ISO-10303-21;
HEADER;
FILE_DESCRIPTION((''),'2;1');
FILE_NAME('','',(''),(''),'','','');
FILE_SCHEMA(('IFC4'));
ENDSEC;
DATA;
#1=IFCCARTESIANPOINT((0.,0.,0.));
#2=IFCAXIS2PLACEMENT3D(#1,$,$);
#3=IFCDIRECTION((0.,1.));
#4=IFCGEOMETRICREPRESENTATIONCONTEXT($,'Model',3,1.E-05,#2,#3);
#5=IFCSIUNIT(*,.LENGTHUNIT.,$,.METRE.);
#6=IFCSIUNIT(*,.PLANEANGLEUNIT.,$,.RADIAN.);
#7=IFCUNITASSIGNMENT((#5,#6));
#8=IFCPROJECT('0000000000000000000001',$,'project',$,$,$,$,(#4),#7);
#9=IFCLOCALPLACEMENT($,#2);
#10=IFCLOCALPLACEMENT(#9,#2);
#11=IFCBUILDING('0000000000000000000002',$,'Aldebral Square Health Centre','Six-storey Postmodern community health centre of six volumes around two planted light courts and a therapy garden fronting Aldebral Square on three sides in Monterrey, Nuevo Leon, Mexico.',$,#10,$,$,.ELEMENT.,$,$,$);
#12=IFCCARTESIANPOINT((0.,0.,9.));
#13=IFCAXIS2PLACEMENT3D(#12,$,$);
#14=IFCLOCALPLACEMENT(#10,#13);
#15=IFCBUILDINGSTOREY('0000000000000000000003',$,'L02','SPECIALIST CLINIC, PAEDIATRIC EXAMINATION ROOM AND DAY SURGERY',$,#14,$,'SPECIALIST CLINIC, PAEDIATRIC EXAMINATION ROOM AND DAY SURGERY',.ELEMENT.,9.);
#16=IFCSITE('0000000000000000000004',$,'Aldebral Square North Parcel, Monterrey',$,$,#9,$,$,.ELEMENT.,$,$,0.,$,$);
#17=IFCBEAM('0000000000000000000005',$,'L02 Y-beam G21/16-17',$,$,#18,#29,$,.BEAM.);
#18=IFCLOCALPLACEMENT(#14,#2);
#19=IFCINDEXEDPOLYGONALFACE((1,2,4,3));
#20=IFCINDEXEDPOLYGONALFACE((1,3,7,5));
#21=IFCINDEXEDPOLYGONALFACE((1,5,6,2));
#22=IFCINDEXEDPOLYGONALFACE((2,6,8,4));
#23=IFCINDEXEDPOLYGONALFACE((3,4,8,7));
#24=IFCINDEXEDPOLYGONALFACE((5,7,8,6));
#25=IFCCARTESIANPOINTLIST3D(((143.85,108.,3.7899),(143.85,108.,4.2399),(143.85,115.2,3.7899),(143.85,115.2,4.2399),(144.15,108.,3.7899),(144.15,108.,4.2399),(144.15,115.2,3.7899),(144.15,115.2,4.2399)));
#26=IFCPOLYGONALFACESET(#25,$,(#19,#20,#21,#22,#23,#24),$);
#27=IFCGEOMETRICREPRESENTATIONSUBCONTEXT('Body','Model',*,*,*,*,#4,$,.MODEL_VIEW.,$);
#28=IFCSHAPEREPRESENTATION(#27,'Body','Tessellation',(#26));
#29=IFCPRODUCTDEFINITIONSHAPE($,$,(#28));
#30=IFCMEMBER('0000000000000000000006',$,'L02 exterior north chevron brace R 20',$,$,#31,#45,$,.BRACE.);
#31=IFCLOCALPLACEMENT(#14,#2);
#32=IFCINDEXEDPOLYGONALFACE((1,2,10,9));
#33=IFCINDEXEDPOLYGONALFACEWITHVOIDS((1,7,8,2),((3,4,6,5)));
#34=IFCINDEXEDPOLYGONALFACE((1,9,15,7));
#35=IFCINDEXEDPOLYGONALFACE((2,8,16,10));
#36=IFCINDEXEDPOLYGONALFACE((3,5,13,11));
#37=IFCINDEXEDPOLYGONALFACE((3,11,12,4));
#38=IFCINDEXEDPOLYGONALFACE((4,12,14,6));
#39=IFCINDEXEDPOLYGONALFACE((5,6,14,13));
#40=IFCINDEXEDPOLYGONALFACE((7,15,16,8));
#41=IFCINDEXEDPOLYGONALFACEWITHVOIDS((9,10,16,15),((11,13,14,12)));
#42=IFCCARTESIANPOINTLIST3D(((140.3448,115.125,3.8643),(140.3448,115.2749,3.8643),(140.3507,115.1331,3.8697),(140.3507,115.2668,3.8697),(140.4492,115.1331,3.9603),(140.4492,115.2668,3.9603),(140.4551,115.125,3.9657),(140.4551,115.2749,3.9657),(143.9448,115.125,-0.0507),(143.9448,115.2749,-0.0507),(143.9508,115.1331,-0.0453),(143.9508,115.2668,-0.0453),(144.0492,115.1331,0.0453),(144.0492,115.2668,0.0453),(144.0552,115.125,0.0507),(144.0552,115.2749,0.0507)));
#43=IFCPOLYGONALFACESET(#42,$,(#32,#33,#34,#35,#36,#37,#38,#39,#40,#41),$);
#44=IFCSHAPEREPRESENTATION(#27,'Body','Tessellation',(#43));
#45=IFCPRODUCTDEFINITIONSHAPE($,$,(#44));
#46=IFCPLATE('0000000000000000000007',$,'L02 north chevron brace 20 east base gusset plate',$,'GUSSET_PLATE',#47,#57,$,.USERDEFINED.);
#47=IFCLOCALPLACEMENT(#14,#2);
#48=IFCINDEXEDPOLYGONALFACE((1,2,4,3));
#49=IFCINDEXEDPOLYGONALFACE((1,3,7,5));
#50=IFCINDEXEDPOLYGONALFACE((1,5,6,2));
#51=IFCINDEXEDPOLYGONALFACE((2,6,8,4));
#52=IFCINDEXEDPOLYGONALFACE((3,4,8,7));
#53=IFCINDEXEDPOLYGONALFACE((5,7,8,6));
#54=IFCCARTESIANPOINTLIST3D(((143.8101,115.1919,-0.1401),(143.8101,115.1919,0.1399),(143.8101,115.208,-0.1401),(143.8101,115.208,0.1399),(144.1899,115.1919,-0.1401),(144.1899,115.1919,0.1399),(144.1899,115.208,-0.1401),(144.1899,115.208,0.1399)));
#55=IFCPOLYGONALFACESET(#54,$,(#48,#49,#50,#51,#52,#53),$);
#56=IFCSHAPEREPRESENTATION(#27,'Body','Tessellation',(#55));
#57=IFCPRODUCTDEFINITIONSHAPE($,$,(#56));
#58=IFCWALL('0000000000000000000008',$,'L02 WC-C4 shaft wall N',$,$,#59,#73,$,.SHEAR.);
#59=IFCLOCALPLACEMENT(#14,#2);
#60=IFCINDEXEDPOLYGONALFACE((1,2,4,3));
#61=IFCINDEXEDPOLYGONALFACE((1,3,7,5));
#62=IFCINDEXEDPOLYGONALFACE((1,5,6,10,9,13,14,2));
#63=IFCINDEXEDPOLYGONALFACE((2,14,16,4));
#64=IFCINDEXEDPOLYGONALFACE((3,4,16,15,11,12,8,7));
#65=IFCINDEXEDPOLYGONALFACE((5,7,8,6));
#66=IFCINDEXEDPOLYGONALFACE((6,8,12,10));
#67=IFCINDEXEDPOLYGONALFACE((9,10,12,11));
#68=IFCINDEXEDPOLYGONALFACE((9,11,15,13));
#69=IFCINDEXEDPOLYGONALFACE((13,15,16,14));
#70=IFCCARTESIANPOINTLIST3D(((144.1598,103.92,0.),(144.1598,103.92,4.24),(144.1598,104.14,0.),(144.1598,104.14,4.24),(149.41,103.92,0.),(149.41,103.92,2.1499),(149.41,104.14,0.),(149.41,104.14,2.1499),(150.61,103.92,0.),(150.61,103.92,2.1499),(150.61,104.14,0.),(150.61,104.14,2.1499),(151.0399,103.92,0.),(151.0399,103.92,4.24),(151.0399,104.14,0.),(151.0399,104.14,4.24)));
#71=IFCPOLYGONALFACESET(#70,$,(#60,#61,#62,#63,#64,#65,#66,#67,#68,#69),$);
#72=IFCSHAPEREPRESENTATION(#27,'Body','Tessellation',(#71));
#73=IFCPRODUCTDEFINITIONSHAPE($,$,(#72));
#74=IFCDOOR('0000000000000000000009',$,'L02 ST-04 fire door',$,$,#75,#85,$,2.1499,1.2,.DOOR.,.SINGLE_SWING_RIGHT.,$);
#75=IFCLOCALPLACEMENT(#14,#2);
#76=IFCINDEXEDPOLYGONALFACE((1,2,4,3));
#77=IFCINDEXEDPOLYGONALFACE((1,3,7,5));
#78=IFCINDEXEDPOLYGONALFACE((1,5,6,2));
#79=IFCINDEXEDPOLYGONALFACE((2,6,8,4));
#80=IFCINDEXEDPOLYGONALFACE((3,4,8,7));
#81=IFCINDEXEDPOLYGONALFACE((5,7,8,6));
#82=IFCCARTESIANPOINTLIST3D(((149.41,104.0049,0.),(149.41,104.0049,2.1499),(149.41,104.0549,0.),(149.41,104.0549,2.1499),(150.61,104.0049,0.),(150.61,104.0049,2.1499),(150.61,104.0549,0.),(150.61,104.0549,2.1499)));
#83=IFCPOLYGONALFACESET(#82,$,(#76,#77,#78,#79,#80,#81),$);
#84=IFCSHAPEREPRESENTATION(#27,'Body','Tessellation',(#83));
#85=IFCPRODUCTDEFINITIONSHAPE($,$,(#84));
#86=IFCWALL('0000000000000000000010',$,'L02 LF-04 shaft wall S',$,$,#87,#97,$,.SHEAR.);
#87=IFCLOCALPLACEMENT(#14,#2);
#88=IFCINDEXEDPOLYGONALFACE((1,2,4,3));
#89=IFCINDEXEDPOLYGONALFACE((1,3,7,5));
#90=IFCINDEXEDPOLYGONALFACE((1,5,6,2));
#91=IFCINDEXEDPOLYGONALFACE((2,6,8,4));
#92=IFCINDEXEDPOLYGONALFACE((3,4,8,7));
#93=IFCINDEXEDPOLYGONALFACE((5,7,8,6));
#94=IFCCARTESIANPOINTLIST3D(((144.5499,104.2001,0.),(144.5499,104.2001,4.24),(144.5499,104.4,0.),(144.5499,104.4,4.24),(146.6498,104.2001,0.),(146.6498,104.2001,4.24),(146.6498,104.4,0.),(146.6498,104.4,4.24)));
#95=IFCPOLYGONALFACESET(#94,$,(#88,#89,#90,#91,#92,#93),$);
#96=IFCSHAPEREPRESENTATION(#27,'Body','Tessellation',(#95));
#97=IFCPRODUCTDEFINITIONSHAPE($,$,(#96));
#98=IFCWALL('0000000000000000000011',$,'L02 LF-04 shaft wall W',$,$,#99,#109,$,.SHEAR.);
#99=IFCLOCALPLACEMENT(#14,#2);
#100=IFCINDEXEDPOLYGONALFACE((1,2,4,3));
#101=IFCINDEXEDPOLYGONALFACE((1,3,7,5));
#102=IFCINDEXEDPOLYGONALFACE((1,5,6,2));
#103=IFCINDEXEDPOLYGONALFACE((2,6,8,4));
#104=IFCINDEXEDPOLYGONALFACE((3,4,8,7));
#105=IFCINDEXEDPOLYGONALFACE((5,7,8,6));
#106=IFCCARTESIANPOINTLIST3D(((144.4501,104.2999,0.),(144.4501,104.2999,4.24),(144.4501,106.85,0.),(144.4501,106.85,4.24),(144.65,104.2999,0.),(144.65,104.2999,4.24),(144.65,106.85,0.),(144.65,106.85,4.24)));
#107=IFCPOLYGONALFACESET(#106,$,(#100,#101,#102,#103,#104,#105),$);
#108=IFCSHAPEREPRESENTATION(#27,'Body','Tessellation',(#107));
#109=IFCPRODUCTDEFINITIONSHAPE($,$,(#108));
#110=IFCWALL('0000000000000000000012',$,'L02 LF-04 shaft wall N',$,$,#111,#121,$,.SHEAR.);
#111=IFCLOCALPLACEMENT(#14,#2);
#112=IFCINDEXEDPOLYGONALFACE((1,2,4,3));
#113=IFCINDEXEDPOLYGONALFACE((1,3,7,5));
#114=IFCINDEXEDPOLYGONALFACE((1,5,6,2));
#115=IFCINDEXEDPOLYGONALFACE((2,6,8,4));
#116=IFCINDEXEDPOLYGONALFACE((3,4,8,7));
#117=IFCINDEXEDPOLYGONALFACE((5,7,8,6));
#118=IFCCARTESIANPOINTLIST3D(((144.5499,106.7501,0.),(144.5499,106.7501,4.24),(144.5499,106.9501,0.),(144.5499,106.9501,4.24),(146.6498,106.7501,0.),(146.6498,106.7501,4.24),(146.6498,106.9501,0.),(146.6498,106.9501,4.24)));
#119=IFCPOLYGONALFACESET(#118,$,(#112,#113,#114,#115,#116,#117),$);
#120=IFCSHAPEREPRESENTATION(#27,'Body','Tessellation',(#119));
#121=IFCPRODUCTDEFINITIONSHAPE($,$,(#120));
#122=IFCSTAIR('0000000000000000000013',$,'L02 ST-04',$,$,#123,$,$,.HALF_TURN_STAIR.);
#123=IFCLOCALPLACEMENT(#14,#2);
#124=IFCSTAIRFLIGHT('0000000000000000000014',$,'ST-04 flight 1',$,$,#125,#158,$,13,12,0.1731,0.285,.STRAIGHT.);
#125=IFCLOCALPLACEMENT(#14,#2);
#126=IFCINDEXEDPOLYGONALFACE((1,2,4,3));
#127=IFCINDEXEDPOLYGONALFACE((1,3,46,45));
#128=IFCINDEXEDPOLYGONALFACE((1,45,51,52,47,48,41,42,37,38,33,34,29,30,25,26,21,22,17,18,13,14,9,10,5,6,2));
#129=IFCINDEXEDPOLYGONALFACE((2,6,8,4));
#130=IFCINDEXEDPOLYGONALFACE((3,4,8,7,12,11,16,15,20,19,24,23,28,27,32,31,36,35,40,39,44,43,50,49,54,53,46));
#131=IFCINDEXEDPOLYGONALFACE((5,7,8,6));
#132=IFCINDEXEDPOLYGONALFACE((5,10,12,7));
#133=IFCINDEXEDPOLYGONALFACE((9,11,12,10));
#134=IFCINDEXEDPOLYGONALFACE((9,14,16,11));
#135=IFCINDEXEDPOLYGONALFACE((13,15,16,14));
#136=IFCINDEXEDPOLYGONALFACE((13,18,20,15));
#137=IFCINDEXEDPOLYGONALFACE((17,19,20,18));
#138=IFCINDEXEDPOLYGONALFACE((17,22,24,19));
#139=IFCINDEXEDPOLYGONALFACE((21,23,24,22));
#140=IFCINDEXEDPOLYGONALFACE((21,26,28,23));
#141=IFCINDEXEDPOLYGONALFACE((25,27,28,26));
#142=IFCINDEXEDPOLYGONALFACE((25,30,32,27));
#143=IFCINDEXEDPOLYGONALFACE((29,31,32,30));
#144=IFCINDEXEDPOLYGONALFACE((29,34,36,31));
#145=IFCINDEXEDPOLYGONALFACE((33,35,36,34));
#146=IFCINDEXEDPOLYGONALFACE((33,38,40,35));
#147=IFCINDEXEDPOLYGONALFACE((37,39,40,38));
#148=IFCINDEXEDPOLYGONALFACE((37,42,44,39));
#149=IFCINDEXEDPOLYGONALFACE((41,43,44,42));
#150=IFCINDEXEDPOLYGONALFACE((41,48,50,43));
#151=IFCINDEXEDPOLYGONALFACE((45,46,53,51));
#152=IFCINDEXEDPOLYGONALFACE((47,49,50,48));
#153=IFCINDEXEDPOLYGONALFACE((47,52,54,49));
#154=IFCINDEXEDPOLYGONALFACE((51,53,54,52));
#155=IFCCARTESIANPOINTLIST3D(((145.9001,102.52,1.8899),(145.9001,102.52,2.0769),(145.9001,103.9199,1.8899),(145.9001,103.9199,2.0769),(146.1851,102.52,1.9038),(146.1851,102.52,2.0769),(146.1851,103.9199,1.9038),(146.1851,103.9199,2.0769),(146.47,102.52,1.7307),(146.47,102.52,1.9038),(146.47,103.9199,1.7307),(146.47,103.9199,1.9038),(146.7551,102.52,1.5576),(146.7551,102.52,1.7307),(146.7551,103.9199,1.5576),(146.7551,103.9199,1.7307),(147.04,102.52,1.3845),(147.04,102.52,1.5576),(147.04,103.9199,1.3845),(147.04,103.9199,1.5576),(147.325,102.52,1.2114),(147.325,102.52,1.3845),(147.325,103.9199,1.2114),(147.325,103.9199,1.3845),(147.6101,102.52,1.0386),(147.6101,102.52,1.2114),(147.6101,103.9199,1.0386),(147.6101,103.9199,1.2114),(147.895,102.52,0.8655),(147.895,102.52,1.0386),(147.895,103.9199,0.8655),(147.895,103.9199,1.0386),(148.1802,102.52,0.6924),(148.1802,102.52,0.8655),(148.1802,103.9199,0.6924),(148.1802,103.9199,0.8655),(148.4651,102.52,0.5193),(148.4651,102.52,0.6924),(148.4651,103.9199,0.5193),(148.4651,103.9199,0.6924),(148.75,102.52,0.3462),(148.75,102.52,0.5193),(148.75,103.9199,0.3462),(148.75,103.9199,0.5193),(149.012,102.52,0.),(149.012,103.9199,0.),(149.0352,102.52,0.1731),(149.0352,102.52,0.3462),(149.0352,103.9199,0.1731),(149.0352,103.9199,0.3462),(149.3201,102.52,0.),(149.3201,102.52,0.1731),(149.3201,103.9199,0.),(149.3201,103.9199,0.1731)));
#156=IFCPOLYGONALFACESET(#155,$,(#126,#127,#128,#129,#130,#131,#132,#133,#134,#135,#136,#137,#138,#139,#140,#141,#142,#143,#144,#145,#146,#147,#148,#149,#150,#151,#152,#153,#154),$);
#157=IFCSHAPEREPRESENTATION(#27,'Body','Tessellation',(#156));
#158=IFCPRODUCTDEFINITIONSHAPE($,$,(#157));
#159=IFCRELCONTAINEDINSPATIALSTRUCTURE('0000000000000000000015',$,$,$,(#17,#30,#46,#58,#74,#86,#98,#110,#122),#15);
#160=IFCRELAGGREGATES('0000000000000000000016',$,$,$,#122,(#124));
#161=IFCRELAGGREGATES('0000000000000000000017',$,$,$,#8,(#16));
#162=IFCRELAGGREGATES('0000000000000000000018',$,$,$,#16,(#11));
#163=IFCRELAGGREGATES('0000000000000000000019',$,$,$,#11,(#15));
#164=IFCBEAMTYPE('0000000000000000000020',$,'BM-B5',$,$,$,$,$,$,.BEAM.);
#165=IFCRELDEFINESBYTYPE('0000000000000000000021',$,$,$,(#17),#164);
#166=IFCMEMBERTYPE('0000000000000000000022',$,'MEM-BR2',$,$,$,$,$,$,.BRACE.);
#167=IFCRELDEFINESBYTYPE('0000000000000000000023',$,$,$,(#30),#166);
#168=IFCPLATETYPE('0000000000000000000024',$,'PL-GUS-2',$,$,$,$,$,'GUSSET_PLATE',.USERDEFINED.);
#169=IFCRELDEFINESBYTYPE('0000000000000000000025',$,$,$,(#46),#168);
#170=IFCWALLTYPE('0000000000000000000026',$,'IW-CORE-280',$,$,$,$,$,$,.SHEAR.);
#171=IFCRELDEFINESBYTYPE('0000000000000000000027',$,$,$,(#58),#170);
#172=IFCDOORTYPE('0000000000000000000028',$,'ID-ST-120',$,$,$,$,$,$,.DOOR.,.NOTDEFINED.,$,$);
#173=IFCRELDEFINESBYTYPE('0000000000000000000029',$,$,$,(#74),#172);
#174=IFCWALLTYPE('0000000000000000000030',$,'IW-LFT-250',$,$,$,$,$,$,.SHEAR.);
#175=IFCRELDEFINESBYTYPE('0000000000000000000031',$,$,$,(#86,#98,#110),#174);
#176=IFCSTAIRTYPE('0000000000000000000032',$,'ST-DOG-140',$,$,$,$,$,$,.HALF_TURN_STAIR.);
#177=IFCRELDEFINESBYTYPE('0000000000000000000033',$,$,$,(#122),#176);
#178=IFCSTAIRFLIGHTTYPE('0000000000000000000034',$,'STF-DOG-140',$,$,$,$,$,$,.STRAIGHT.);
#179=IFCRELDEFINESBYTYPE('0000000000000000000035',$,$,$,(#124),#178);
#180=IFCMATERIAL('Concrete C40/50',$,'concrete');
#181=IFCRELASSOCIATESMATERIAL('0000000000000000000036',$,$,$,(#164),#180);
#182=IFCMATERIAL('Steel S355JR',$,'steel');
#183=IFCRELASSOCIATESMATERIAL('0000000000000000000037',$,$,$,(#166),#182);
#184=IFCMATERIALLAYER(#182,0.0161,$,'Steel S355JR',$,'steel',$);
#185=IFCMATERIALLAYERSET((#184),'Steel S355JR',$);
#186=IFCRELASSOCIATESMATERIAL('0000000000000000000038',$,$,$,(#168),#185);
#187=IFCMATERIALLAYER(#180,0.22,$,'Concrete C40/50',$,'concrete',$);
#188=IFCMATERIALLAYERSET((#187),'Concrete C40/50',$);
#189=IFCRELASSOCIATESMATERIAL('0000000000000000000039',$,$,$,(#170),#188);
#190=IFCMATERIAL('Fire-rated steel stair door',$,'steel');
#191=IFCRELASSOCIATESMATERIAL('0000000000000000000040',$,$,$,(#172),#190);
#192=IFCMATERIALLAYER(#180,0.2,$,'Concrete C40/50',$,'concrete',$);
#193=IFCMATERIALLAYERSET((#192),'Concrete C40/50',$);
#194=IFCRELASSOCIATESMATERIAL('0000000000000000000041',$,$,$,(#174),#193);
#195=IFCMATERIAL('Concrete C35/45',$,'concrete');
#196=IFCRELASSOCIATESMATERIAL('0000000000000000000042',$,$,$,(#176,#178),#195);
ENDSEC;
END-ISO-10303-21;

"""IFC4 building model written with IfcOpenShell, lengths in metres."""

from ifc_helpers import new_model, si_unit, direction, frame, frame_2d, origin, origin_2d, place, context, subcontext, project, spatial, polyline, rectangle, hollow_rectangle, outline, extrude, material, layer, layer_set, material_profile, profile_set, type_object, element, fill, aggregate, save


model = new_model("IFC4")

# Units and contexts
model_context = context("Model", 3, precision=1e-05, world=origin(), true_north=direction((0.0, 1.0)))
body_context = subcontext(model_context, "Body", "Model", "MODEL_VIEW")
ifc_project = project(units=[si_unit("LENGTHUNIT", "METRE"), si_unit("PLANEANGLEUNIT", "RADIAN")], contexts=[model_context])

# Site, building, storey
site_placement = place(None, origin())
site = spatial("IfcSite", under=ifc_project, at=site_placement, Name="Aldebral Square North Parcel, Monterrey", CompositionType="ELEMENT", RefElevation=0.0)
building_placement = place(site_placement, origin())
building = spatial("IfcBuilding", under=site, at=building_placement, Name="Aldebral Square Health Centre", Description="Six-storey Postmodern community health centre of six volumes around two planted light courts and a therapy garden fronting Aldebral Square on three sides in Monterrey, Nuevo Leon, Mexico.", CompositionType="ELEMENT")
storey_placement = place(building_placement, frame((0.0, 0.0, 9.0)))
storey = spatial("IfcBuildingStorey", under=building, at=storey_placement, Name="L02", Description="SPECIALIST CLINIC, PAEDIATRIC EXAMINATION ROOM AND DAY SURGERY", LongName="SPECIALIST CLINIC, PAEDIATRIC EXAMINATION ROOM AND DAY SURGERY", CompositionType="ELEMENT", Elevation=9.0)

# Beam
ifc_material_1 = material(Name="Concrete C40/50", Category="concrete")
ifc_material_profile_1 = material_profile(ifc_material_1, rectangle(XDim=0.3, YDim=0.45, at=origin_2d()), Name="RC 300x450")
ifc_profile_set_1 = profile_set([ifc_material_profile_1], Name="Concrete C40/50")
beam_type = type_object("IfcBeamType", Name="BM-B5", PredefinedType="BEAM", material=ifc_profile_set_1)
beam_placement = place(storey_placement, frame((144.0, 108.0, 4.0149), z_axis=(0.0, 1.0, 0.0), x_axis=(-1.0, 0.0, 0.0)))
element("IfcBeam", 1, at=beam_placement, inside=storey, type_object=beam_type, Name="L02 Y-beam G21/16-17", PredefinedType="BEAM", context=body_context, shape_type="SweptSolid", body=[
    extrude(rectangle(XDim=0.3, YDim=0.45, at=origin_2d()), origin(), (0.0, 0.0, 1.0), 7.2),
])

# Member
ifc_material_2 = material(Name="Steel S355JR", Category="steel")
ifc_material_profile_2 = material_profile(ifc_material_2, hollow_rectangle(XDim=0.1499, YDim=0.1499, WallThickness=0.0081, at=origin_2d()), Name="150x150x8 SHS")
ifc_profile_set_2 = profile_set([ifc_material_profile_2], Name="Steel S355JR")
member_type = type_object("IfcMemberType", Name="MEM-BR2", PredefinedType="BRACE", material=ifc_profile_set_2)
member_placement = place(storey_placement, frame((144.0, 115.2, 0.0), z_axis=(-0.67688, 0.0, 0.736094), x_axis=(0.0, -1.0, 0.0)))
element("IfcMember", 2, at=member_placement, inside=storey, type_object=member_type, Name="L02 exterior north chevron brace R 20", PredefinedType="BRACE", context=body_context, shape_type="SweptSolid", body=[
    extrude(hollow_rectangle(XDim=0.1499, YDim=0.1499, WallThickness=0.0081, at=origin_2d()), origin(), (0.0, 0.0, 1.0), 5.3186),
])

# Plate
ifc_layer_1 = layer(ifc_material_2, 0.0161, Name="Steel S355JR", Category="steel")
ifc_layer_set_1 = layer_set([ifc_layer_1], Name="Steel S355JR")
plate_type = type_object("IfcPlateType", Name="PL-GUS-2", ElementType="GUSSET_PLATE", PredefinedType="USERDEFINED", material=ifc_layer_set_1)
plate_placement = place(storey_placement, frame((144.0, 115.2, -0.1401), z_axis=(0.0, 0.0, 1.0), x_axis=(1.0, 0.0, 0.0)))
element("IfcPlate", 3, at=plate_placement, inside=storey, type_object=plate_type, Name="L02 north chevron brace 20 east base gusset plate", ObjectType="GUSSET_PLATE", PredefinedType="USERDEFINED", context=body_context, shape_type="SweptSolid", body=[
    extrude(rectangle(XDim=0.3799, YDim=0.0161, at=origin_2d()), origin(), (0.0, 0.0, 1.0), 0.28),
])

# Wall, opening, door
ifc_layer_2 = layer(ifc_material_1, 0.22, Name="Concrete C40/50", Category="concrete")
ifc_layer_set_2 = layer_set([ifc_layer_2], Name="Concrete C40/50")
wall_type_1 = type_object("IfcWallType", Name="IW-CORE-280", PredefinedType="SHEAR", material=ifc_layer_set_2)
wall_1_placement = place(storey_placement, frame((144.1599, 104.03, 0.0), z_axis=(0.0, 0.0, 1.0), x_axis=(1.0, 0.0, 0.0)))
wall_1 = element("IfcWall", 4, at=wall_1_placement, inside=storey, type_object=wall_type_1, Name="L02 WC-C4 shaft wall N", PredefinedType="SHEAR", context=body_context, shape_type="SweptSolid", body=[
    extrude(rectangle(XDim=6.8801, YDim=0.22, at=frame_2d((3.4399, 0.0))), origin(), (0.0, 0.0, 1.0), 4.24),
])
opening_1_placement = place(wall_1_placement, frame((5.25, 0.0, 0.0)))
opening_1 = element("IfcOpeningElement", 5, at=opening_1_placement, cuts=wall_1, PredefinedType="OPENING", context=body_context, shape_type="SweptSolid", body=[
    extrude(rectangle(XDim=1.2, YDim=2.1499, at=frame_2d((0.6001, 1.075))), frame((0.0, 0.1201, 0.0), z_axis=(0.0, -1.0, 0.0), x_axis=(1.0, 0.0, 0.0)), (0.0, 0.0, 1.0), 0.24),
])
ifc_material_3 = material(Name="Fire-rated steel stair door", Category="steel")
door_type_1 = type_object("IfcDoorType", Name="ID-ST-120", OperationType="NOTDEFINED", PredefinedType="DOOR", material=ifc_material_3)
door_1_placement = place(opening_1_placement, origin())
door_1 = element("IfcDoor", 6, at=door_1_placement, inside=storey, type_object=door_type_1, Name="L02 ST-04 fire door", OperationType="SINGLE_SWING_RIGHT", OverallHeight=2.1499, OverallWidth=1.2, PredefinedType="DOOR", context=body_context, shape_type="SweptSolid", body=[
    extrude(rectangle(XDim=1.2, YDim=2.1499, at=frame_2d((0.6001, 1.075))), frame((0.0, 0.0249, 0.0), z_axis=(0.0, -1.0, 0.0), x_axis=(1.0, 0.0, 0.0)), (0.0, 0.0, 1.0), 0.05),
])
fill(opening_1, door_1)

# Walls
ifc_layer_3 = layer(ifc_material_1, 0.2, Name="Concrete C40/50", Category="concrete")
ifc_layer_set_3 = layer_set([ifc_layer_3], Name="Concrete C40/50")
wall_type_2 = type_object("IfcWallType", Name="IW-LFT-250", PredefinedType="SHEAR", material=ifc_layer_set_3)
wall_2_placement = place(storey_placement, frame((144.55, 104.3, 0.0), z_axis=(0.0, 0.0, 1.0), x_axis=(1.0, 0.0, 0.0)))
element("IfcWall", 7, at=wall_2_placement, inside=storey, type_object=wall_type_2, Name="L02 LF-04 shaft wall S", PredefinedType="SHEAR", context=body_context, shape_type="SweptSolid", body=[
    extrude(rectangle(XDim=2.0999, YDim=0.2, at=frame_2d((1.0498, 0.0))), origin(), (0.0, 0.0, 1.0), 4.24),
])
wall_3_placement = place(storey_placement, frame((144.55, 104.3, 0.0), z_axis=(0.0, 0.0, 1.0), x_axis=(0.0, 1.0, 0.0)))
element("IfcWall", 8, at=wall_3_placement, inside=storey, type_object=wall_type_2, Name="L02 LF-04 shaft wall W", PredefinedType="SHEAR", context=body_context, shape_type="SweptSolid", body=[
    extrude(rectangle(XDim=2.55, YDim=0.2, at=frame_2d((1.2749, 0.0))), origin(), (0.0, 0.0, 1.0), 4.24),
])
wall_4_placement = place(storey_placement, frame((144.55, 106.8501, 0.0), z_axis=(0.0, 0.0, 1.0), x_axis=(1.0, 0.0, 0.0)))
element("IfcWall", 9, at=wall_4_placement, inside=storey, type_object=wall_type_2, Name="L02 LF-04 shaft wall N", PredefinedType="SHEAR", context=body_context, shape_type="SweptSolid", body=[
    extrude(rectangle(XDim=2.0999, YDim=0.2, at=frame_2d((1.0498, 0.0))), origin(), (0.0, 0.0, 1.0), 4.24),
])

# Stair, stair flight
ifc_material_4 = material(Name="Concrete C35/45", Category="concrete")
stair_type = type_object("IfcStairType", Name="ST-DOG-140", PredefinedType="HALF_TURN_STAIR", material=ifc_material_4)
stair_placement = place(storey_placement, origin())
stair = element("IfcStair", 10, at=stair_placement, inside=storey, type_object=stair_type, Name="L02 ST-04", PredefinedType="HALF_TURN_STAIR")
stair_flight_type = type_object("IfcStairFlightType", Name="STF-DOG-140", PredefinedType="STRAIGHT", material=ifc_material_4)
stair_flight_1_placement = place(storey_placement, frame((149.3201, 103.22, 0.0), z_axis=(0.0, 0.0, 1.0), x_axis=(-1.0, 0.0, 0.0)))
stair_flight_1 = element("IfcStairFlight", 11, at=stair_flight_1_placement, type_object=stair_flight_type, Name="ST-04 flight 1", NumberOfRisers=13, NumberOfTreads=12, PredefinedType="STRAIGHT", RiserHeight=0.1731, TreadLength=0.285, context=body_context, shape_type="SweptSolid", body=[
    extrude(outline(polyline([(0.0, 0.0), (0.0, 0.1731), (0.2849, 0.1731), (0.2849, 0.3462), (0.5701, 0.3462), (0.5701, 0.5193), (0.855, 0.5193), (0.855, 0.6924), (1.1399, 0.6924), (1.1399, 0.8655), (1.425, 0.8655), (1.425, 1.0386), (1.71, 1.0386), (1.71, 1.2114), (1.9951, 1.2114), (1.9951, 1.3845), (2.28, 1.3845), (2.28, 1.5576), (2.5649, 1.5576), (2.5649, 1.7307), (2.8501, 1.7307), (2.8501, 1.9038), (3.135, 1.9038), (3.135, 2.0769), (3.4199, 2.0769), (3.4199, 2.25), (3.4199, 1.8899), (0.3081, 0.0), (0.0, 0.0)])), frame((0.0, 0.7, 0.0), z_axis=(0.0, -1.0, 0.0), x_axis=(1.0, 0.0, 0.0)), (0.0, 0.0, 1.0), 1.3999),
])
aggregate(stair, [stair_flight_1])

save(model, "model.ifc")
